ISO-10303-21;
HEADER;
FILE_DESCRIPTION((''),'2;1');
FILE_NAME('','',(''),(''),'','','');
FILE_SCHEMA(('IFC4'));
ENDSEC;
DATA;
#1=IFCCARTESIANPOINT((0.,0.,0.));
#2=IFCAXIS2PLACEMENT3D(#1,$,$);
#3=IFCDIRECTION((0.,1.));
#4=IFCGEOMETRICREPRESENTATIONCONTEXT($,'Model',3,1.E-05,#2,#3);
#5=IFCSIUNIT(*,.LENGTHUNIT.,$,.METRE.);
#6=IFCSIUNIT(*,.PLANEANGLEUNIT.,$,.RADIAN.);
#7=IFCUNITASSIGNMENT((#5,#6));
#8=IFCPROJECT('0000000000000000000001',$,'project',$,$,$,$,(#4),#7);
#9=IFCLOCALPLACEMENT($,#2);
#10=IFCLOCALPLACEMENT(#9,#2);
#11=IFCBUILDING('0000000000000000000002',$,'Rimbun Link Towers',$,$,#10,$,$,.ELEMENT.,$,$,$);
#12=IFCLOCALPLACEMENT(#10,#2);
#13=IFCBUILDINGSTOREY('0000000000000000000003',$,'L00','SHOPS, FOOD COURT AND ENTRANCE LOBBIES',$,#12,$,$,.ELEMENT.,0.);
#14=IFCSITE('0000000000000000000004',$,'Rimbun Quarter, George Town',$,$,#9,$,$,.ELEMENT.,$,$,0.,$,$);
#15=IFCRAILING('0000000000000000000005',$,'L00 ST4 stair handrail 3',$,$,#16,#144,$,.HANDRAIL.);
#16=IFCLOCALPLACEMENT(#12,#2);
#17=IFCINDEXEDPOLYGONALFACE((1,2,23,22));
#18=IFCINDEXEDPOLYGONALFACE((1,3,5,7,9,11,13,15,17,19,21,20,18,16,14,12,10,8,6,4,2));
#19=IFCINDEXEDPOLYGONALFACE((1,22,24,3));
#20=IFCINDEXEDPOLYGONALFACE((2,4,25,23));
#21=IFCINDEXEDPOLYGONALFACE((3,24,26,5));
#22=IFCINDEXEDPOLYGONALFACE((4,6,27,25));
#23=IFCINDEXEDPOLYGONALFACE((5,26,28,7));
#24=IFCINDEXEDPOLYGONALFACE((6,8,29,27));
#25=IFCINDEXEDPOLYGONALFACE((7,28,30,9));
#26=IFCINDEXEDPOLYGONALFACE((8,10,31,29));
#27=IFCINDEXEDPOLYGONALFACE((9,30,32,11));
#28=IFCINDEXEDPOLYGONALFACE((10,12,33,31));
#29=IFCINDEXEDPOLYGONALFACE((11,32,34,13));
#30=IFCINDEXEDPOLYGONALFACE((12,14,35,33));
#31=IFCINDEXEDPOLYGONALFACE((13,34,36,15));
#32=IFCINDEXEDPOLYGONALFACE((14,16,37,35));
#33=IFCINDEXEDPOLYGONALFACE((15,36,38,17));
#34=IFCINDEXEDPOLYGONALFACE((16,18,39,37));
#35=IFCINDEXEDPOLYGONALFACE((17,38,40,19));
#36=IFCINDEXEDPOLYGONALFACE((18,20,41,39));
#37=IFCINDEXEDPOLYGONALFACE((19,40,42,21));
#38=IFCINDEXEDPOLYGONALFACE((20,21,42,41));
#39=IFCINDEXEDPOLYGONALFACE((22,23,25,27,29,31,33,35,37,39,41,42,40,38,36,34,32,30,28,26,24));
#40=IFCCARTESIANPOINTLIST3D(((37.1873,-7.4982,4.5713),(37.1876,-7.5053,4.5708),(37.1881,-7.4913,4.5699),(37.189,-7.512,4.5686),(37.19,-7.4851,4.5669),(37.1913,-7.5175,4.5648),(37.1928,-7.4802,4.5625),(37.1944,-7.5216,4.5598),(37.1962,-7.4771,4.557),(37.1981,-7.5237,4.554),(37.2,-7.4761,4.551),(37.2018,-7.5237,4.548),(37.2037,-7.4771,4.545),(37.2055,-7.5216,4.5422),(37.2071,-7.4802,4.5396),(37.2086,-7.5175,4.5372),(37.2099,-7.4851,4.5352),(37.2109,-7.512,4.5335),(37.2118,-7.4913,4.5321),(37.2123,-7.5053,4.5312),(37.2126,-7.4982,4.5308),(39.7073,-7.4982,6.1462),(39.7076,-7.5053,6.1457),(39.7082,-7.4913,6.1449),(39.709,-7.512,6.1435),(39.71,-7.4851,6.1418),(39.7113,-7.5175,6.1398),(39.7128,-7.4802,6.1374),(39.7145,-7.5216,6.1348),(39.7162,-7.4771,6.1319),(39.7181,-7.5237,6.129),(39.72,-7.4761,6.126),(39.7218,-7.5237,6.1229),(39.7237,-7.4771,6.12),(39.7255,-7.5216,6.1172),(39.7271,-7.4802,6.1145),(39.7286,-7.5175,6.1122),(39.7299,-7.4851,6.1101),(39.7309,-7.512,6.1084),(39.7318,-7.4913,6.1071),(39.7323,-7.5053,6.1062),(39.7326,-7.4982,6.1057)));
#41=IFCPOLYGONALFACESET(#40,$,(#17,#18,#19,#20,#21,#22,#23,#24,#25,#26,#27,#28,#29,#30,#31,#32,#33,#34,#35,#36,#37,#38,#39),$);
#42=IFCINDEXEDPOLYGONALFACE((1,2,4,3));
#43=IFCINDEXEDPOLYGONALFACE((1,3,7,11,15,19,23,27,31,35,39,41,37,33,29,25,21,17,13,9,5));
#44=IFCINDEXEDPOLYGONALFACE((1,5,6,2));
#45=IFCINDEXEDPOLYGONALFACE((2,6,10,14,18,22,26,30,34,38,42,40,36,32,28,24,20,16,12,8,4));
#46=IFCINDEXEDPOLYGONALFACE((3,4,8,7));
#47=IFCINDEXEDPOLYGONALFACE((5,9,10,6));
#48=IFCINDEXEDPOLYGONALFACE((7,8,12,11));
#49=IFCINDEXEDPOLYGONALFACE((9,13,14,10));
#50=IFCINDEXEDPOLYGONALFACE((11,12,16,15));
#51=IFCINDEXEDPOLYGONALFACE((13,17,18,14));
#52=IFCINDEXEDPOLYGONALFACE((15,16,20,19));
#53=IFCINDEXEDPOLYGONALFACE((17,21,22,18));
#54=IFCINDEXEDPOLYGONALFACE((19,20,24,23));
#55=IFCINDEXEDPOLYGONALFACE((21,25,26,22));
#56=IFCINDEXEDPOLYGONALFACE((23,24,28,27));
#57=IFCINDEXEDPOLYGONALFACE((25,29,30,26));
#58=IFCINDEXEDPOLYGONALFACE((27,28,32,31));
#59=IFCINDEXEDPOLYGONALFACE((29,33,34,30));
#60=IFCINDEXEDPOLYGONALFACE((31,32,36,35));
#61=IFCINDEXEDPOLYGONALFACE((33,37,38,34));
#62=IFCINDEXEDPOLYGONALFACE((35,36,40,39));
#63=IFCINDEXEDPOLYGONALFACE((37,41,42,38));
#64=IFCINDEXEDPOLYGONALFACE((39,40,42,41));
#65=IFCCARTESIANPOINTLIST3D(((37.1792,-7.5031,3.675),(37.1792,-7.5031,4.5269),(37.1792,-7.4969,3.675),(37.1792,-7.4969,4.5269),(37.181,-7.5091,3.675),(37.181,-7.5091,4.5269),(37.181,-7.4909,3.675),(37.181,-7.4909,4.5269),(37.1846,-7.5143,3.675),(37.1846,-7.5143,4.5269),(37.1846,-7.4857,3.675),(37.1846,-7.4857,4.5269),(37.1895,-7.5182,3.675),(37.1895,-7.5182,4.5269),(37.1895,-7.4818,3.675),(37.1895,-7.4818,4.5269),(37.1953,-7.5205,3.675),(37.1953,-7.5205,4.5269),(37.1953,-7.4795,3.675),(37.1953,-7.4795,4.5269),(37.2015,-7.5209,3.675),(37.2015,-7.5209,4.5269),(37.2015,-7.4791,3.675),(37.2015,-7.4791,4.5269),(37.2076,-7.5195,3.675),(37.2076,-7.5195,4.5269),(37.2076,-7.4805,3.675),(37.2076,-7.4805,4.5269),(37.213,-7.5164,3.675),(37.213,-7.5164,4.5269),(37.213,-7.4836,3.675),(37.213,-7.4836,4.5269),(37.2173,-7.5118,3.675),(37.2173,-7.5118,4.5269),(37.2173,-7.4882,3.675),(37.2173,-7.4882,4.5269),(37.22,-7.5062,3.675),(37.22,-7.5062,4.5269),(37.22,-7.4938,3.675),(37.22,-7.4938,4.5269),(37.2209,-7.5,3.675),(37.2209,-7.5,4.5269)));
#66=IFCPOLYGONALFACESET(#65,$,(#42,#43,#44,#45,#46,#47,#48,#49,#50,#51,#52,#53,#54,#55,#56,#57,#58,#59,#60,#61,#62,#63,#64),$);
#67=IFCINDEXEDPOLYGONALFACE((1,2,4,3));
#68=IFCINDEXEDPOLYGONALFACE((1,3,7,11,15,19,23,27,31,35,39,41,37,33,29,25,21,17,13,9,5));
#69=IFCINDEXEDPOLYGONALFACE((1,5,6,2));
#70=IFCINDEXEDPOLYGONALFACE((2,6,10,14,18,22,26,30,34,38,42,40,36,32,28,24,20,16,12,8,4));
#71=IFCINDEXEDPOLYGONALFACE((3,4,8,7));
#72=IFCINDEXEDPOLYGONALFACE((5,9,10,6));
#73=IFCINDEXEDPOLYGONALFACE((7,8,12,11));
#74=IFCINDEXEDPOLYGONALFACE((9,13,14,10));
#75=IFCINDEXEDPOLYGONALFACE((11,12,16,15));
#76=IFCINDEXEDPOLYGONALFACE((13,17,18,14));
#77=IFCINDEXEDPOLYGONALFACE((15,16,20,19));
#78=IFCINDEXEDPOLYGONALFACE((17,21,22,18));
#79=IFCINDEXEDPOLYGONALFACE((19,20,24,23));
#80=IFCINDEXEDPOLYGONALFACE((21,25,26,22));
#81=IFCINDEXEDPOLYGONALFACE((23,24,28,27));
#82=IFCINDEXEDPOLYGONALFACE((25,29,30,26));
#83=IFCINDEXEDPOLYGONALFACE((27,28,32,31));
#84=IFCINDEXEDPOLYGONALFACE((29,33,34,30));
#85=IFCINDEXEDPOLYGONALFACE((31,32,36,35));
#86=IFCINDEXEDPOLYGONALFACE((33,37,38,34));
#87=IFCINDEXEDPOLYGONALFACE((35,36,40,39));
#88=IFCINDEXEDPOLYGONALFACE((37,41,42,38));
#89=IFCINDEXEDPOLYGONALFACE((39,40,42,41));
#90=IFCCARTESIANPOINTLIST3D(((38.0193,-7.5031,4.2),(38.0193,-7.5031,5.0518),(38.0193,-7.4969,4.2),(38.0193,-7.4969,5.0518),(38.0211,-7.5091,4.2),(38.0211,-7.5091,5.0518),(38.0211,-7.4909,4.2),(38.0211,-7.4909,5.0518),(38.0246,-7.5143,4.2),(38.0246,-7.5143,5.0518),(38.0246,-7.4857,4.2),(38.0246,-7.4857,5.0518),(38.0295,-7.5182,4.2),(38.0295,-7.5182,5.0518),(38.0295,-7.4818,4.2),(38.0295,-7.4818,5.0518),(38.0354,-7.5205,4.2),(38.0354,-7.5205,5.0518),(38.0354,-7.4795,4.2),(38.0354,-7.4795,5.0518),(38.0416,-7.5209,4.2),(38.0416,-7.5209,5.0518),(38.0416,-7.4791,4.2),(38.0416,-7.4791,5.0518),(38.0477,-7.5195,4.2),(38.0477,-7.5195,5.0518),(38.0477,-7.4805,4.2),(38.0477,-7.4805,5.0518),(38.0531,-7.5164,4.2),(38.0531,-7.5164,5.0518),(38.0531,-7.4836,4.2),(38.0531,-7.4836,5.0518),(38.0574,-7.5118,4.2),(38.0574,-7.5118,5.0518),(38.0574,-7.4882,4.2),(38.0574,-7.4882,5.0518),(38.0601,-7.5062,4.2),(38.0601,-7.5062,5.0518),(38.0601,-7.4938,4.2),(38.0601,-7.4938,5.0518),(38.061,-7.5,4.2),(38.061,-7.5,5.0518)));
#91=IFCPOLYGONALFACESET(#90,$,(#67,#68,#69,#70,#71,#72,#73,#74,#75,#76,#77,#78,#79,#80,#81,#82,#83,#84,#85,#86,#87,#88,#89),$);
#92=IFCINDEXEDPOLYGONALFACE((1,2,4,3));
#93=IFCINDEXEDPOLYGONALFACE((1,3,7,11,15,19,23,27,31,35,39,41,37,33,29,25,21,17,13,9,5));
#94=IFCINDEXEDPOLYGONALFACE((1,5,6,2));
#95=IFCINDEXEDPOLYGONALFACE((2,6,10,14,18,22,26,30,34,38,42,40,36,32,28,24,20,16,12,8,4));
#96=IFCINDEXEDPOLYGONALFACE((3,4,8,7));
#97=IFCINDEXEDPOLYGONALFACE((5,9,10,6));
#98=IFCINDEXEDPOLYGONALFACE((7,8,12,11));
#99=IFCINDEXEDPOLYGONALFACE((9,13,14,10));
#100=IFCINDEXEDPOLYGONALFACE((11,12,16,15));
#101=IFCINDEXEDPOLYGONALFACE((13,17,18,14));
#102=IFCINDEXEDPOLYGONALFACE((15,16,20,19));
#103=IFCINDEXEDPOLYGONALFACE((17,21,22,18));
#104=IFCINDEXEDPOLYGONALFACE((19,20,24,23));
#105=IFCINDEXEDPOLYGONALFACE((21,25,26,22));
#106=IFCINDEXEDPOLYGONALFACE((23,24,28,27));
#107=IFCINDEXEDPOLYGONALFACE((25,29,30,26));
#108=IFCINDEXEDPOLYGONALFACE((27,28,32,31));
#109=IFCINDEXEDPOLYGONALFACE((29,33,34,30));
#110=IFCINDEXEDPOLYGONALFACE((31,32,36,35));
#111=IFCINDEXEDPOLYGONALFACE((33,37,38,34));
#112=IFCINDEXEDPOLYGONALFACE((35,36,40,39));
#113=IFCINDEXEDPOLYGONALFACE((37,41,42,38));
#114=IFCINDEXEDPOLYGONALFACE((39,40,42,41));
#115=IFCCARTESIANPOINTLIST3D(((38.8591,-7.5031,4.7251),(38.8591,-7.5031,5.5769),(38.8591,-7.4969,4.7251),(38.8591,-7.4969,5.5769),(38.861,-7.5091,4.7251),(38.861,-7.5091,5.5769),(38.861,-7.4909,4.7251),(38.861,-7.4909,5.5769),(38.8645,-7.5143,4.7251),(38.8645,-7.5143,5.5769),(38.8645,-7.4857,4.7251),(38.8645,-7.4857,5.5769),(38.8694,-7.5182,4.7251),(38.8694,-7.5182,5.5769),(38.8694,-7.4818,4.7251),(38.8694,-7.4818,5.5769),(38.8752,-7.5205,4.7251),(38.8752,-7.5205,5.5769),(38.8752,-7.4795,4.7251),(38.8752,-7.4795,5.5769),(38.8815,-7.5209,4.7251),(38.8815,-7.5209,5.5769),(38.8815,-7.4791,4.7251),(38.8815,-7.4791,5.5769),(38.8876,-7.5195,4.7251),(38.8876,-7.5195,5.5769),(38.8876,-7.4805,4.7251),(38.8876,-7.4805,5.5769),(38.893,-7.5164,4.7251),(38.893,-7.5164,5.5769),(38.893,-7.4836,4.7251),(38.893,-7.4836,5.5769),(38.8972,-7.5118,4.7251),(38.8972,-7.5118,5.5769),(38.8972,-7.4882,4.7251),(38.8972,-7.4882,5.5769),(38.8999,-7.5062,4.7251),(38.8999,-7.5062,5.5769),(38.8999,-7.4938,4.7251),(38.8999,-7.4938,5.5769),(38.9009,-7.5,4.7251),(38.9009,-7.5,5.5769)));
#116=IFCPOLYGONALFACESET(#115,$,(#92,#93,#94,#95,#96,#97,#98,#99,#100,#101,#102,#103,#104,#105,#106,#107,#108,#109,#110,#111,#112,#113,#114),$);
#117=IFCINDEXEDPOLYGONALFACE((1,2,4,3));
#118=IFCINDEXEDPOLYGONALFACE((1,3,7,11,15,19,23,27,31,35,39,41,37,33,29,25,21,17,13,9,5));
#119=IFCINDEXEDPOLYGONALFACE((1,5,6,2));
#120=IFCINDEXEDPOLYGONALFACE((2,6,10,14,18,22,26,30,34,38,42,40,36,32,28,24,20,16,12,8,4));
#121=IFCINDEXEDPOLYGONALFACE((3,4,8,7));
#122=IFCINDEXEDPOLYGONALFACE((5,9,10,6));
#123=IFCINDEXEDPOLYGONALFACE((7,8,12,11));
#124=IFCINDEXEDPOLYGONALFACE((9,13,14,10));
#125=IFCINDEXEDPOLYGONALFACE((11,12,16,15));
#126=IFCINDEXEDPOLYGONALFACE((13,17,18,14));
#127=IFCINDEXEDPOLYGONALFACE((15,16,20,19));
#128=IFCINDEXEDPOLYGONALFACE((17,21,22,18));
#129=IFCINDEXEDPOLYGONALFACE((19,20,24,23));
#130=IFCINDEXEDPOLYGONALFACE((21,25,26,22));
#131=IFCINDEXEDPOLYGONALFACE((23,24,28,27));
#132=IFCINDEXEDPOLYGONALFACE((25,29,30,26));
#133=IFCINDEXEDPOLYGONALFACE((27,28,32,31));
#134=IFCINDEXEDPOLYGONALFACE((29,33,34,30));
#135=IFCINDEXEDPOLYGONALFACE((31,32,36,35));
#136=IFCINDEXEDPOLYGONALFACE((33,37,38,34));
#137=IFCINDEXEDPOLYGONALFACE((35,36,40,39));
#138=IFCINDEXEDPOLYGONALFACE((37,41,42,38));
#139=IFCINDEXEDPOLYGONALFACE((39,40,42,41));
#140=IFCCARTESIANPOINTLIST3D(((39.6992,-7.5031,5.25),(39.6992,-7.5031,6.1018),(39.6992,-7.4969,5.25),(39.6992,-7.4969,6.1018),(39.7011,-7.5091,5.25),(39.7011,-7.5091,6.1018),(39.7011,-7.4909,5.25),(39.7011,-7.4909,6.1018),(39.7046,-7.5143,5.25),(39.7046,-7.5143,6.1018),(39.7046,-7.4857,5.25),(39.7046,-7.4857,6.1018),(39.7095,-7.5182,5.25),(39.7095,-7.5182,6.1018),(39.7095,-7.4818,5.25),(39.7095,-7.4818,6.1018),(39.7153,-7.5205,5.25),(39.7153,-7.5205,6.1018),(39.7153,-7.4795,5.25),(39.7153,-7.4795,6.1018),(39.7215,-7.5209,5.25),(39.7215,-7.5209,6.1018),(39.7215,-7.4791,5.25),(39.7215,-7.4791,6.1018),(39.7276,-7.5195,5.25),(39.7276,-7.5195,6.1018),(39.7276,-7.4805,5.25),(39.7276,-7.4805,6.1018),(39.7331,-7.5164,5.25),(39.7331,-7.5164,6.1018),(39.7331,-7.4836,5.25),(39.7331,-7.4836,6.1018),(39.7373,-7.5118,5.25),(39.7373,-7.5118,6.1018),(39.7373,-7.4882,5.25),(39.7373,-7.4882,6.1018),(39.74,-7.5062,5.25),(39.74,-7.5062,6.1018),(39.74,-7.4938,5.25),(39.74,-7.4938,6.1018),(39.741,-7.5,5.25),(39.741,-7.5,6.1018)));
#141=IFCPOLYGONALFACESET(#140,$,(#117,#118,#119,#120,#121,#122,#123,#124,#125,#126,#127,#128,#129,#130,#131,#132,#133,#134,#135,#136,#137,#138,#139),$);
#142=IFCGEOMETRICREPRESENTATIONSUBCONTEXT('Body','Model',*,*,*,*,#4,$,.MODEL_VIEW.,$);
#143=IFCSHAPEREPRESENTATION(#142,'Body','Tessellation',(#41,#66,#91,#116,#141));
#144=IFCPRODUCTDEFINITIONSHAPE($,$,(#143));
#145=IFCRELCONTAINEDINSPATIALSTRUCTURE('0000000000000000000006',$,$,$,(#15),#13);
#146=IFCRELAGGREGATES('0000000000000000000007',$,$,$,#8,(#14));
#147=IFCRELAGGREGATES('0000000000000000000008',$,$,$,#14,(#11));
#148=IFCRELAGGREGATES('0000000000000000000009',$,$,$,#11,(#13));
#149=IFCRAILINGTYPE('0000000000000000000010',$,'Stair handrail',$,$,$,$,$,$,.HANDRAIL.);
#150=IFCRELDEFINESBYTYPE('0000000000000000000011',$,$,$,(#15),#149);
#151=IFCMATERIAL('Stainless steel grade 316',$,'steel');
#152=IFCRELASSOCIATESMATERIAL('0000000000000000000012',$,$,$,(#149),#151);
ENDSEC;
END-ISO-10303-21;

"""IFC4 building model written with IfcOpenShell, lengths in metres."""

from ifc_helpers import new_model, si_unit, direction, frame, origin, origin_2d, place, context, subcontext, project, spatial, circle, extrude, material, type_object, element, save


model = new_model("IFC4")

# Units and contexts
model_context = context("Model", 3, precision=1e-05, world=origin(), true_north=direction((0.0, 1.0)))
body_context = subcontext(model_context, "Body", "Model", "MODEL_VIEW")
ifc_project = project(units=[si_unit("LENGTHUNIT", "METRE"), si_unit("PLANEANGLEUNIT", "RADIAN")], contexts=[model_context])

# Site, building, storey
site_placement = place(None, origin())
site = spatial("IfcSite", under=ifc_project, at=site_placement, Name="Rimbun Quarter, George Town", CompositionType="ELEMENT", RefElevation=0.0)
building_placement = place(site_placement, origin())
building = spatial("IfcBuilding", under=site, at=building_placement, Name="Rimbun Link Towers", CompositionType="ELEMENT")
storey_placement = place(building_placement, origin())
storey = spatial("IfcBuildingStorey", under=building, at=storey_placement, Name="L00", Description="SHOPS, FOOD COURT AND ENTRANCE LOBBIES", CompositionType="ELEMENT", Elevation=0.0)

# Railing
ifc_material_1 = material(Name="Stainless steel grade 316", Category="steel")
railing_type_1 = type_object("IfcRailingType", Name="Stair handrail", PredefinedType="HANDRAIL", material=ifc_material_1)
for number, where, name in (
    (1, (37.2, -7.5, 3.675), "L00 ST4 stair handrail 3"),
):
    element("IfcRailing", number, at=place(storey_placement, frame(where)), inside=storey, type_object=railing_type_1, Name=name, PredefinedType="HANDRAIL", context=body_context, shape_type="SweptSolid", body=[
        extrude(circle(Radius=0.0239, at=origin_2d()), frame((0.0, 0.0, 0.876), z_axis=(0.848008, 0.0, 0.529984), x_axis=(0.0, 1.0, 0.0)), (0.0, 0.0, 1.0), 2.9717),
        extrude(circle(Radius=0.021, at=origin_2d()), origin(), (0.0, 0.0, 1.0), 0.8518),
        extrude(circle(Radius=0.021, at=origin_2d()), frame((0.8401, 0.0, 0.5249)), (0.0, 0.0, 1.0), 0.8518),
        extrude(circle(Radius=0.021, at=origin_2d()), frame((1.6799, 0.0, 1.05)), (0.0, 0.0, 1.0), 0.8518),
        extrude(circle(Radius=0.021, at=origin_2d()), frame((2.52, 0.0, 1.575)), (0.0, 0.0, 1.0), 0.8518),
    ])

save(model, "model.ifc")
